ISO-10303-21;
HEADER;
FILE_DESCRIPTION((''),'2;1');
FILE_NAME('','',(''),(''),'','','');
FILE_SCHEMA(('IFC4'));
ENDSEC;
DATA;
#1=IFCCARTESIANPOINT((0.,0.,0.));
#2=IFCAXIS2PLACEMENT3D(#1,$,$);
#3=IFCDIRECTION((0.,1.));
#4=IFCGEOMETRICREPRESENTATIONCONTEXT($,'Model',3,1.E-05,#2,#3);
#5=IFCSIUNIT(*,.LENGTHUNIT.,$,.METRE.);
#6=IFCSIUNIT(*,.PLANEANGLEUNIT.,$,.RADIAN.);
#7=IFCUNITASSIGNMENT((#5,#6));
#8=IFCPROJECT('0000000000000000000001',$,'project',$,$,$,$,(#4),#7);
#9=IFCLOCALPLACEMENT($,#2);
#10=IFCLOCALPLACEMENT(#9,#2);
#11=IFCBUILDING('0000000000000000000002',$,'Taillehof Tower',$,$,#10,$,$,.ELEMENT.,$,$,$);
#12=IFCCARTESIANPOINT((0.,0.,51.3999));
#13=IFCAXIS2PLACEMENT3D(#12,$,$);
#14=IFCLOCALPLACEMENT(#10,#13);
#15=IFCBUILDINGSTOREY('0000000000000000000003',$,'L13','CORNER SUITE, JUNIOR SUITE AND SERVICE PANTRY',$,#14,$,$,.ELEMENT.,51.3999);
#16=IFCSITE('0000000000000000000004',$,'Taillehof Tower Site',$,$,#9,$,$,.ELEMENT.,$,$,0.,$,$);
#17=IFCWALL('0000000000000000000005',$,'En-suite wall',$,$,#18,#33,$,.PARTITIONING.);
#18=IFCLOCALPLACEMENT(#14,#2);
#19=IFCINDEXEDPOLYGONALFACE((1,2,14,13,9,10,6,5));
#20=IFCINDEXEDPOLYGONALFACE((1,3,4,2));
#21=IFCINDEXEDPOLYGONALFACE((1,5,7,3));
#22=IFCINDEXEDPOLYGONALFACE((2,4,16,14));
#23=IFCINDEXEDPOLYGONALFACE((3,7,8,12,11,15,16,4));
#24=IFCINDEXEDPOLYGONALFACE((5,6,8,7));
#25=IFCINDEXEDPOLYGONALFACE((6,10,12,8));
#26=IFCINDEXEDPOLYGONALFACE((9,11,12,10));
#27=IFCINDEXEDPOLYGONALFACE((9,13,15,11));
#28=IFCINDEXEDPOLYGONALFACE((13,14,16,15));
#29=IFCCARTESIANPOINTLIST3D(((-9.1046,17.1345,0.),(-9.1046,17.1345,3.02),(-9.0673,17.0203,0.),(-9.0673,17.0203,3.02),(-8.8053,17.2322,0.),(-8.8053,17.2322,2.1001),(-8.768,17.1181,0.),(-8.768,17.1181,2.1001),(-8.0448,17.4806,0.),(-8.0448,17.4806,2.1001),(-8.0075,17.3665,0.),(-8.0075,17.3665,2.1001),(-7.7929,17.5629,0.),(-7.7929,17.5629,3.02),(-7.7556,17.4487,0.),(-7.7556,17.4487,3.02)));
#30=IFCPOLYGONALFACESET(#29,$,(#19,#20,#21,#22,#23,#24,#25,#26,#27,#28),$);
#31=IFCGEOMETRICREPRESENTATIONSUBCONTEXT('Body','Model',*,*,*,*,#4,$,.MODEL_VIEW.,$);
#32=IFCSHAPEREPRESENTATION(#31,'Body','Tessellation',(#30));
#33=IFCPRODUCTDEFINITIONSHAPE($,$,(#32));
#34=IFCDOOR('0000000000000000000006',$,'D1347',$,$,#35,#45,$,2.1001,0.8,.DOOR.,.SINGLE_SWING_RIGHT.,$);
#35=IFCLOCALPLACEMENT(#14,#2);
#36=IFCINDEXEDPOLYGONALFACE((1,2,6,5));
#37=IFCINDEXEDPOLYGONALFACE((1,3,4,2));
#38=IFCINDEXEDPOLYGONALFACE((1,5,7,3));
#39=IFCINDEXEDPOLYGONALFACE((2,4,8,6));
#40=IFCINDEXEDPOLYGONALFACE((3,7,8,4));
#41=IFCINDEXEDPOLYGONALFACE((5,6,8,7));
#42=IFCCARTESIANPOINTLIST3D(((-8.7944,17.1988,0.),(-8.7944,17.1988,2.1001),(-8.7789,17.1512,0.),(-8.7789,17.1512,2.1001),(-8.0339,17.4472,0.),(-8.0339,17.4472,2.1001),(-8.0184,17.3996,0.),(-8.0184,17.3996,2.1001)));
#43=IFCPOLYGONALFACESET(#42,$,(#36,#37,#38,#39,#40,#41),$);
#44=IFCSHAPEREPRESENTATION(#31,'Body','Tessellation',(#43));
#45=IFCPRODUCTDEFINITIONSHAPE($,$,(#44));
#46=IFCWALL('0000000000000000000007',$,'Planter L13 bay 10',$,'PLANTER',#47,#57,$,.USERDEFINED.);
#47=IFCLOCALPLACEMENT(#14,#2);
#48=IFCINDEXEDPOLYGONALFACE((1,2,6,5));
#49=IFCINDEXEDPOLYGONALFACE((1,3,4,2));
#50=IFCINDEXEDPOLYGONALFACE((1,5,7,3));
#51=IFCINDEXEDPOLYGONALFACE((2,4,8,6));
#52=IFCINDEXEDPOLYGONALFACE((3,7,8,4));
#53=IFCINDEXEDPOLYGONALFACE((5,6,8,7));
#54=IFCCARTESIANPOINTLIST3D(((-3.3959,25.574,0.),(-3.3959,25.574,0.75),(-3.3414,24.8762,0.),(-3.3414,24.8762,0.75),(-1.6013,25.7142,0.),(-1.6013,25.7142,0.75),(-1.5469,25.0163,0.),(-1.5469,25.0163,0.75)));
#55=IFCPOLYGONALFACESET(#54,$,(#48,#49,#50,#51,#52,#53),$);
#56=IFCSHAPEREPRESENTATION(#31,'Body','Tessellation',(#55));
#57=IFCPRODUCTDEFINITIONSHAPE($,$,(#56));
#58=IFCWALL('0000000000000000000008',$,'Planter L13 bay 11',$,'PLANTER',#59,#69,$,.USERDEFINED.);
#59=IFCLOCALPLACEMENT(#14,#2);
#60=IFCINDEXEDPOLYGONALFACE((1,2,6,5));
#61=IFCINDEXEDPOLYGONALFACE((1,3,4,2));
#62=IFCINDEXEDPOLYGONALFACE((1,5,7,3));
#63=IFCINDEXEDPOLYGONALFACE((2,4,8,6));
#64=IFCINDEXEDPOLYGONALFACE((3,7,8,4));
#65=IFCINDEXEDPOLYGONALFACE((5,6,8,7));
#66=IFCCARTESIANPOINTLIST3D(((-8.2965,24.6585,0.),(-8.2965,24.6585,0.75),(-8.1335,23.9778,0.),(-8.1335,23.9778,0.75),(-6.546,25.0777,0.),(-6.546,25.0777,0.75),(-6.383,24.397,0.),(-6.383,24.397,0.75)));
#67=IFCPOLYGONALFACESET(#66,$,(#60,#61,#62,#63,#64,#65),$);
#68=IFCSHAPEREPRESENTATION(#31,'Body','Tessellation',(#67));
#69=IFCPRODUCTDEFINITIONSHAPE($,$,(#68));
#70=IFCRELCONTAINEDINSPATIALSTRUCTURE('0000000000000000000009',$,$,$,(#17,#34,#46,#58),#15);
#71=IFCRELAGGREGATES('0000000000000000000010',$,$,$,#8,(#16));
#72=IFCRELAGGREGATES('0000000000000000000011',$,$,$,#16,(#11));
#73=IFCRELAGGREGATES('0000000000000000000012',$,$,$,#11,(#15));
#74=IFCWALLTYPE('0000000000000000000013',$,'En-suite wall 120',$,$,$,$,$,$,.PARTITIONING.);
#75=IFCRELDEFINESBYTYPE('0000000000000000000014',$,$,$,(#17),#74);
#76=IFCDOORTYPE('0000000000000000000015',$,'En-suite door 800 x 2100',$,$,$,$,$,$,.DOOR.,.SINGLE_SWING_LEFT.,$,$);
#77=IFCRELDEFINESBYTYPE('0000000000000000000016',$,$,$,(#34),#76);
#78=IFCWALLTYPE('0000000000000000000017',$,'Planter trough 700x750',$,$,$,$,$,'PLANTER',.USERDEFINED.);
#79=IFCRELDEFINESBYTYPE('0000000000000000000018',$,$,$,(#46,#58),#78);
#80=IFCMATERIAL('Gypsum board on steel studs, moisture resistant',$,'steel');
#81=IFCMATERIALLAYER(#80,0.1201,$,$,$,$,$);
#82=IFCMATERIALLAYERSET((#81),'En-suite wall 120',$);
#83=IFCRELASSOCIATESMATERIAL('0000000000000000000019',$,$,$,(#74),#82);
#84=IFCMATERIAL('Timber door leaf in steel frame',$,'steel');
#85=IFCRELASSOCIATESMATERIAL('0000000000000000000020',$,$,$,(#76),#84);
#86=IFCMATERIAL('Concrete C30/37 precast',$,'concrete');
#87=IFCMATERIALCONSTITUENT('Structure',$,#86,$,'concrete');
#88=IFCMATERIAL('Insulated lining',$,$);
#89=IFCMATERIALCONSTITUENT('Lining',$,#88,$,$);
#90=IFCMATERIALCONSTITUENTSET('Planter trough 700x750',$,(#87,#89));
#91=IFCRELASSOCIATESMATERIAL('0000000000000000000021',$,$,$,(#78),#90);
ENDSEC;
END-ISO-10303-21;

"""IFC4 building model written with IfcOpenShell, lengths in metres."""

from ifc_helpers import new_model, si_unit, direction, frame, frame_2d, origin, place, context, subcontext, project, spatial, rectangle, extrude, material, layer, layer_set, constituent, constituent_set, type_object, element, fill, save


model = new_model("IFC4")

# Units and contexts
model_context = context("Model", 3, precision=1e-05, world=origin(), true_north=direction((0.0, 1.0)))
body_context = subcontext(model_context, "Body", "Model", "MODEL_VIEW")
ifc_project = project(units=[si_unit("LENGTHUNIT", "METRE"), si_unit("PLANEANGLEUNIT", "RADIAN")], contexts=[model_context])

# Site, building, storey
site_placement = place(None, origin())
site = spatial("IfcSite", under=ifc_project, at=site_placement, Name="Taillehof Tower Site", CompositionType="ELEMENT", RefElevation=0.0)
building_placement = place(site_placement, origin())
building = spatial("IfcBuilding", under=site, at=building_placement, Name="Taillehof Tower", CompositionType="ELEMENT")
storey_placement = place(building_placement, frame((0.0, 0.0, 51.3999)))
storey = spatial("IfcBuildingStorey", under=building, at=storey_placement, Name="L13", Description="CORNER SUITE, JUNIOR SUITE AND SERVICE PANTRY", CompositionType="ELEMENT", Elevation=51.3999)

# Shared definitions
ifc_material_1 = material(Name="Gypsum board on steel studs, moisture resistant", Category="steel")
ifc_layer_1 = layer(ifc_material_1, 0.1201)
ifc_layer_set_1 = layer_set([ifc_layer_1], Name="En-suite wall 120")
wall_type_1 = type_object("IfcWallType", Name="En-suite wall 120", PredefinedType="PARTITIONING", material=ifc_layer_set_1)

# Wall, opening, door
wall_1_placement = place(storey_placement, frame((-9.0859, 17.0774, 0.0), z_axis=(0.0, 0.0, 1.0), x_axis=(0.950577, 0.31049, 0.0)))
wall_1 = element("IfcWall", 1, at=wall_1_placement, inside=storey, type_object=wall_type_1, Name="En-suite wall", PredefinedType="PARTITIONING", context=body_context, shape_type="SweptSolid", body=[
    extrude(rectangle(XDim=1.3799, YDim=0.1201, at=frame_2d((0.6899, 0.0))), origin(), (0.0, 0.0, 1.0), 3.02),
])
opening_1_placement = place(wall_1_placement, frame((0.3149, 0.0, 0.0)))
opening_1 = element("IfcOpeningElement", 2, at=opening_1_placement, cuts=wall_1, PredefinedType="OPENING", context=body_context, shape_type="SweptSolid", body=[
    extrude(rectangle(XDim=0.8, YDim=2.1001, at=frame_2d((0.3999, 1.05))), frame((0.0, 0.0701, 0.0), z_axis=(0.0, -1.0, 0.0), x_axis=(1.0, 0.0, 0.0)), (0.0, 0.0, 1.0), 0.1401),
])
ifc_material_2 = material(Name="Timber door leaf in steel frame", Category="steel")
door_type_1 = type_object("IfcDoorType", Name="En-suite door 800 x 2100", OperationType="SINGLE_SWING_LEFT", PredefinedType="DOOR", material=ifc_material_2)
door_1_placement = place(opening_1_placement, origin())
door_1 = element("IfcDoor", 3, at=door_1_placement, inside=storey, type_object=door_type_1, Name="D1347", OperationType="SINGLE_SWING_RIGHT", OverallHeight=2.1001, OverallWidth=0.8, PredefinedType="DOOR", context=body_context, shape_type="SweptSolid", body=[
    extrude(rectangle(XDim=0.8, YDim=2.1001, at=frame_2d((0.3999, 1.05))), frame((0.0, 0.0249, 0.0), z_axis=(0.0, -1.0, 0.0), x_axis=(1.0, 0.0, 0.0)), (0.0, 0.0, 1.0), 0.05),
])
fill(opening_1, door_1)

# Walls
ifc_material_3 = material(Name="Concrete C30/37 precast", Category="concrete")
ifc_constituent_1 = constituent(ifc_material_3, Name="Structure", Category="concrete")
ifc_material_4 = material(Name="Insulated lining")
ifc_constituent_2 = constituent(ifc_material_4, Name="Lining")
ifc_constituent_set = constituent_set(constituents=[ifc_constituent_1, ifc_constituent_2], Name="Planter trough 700x750")
wall_type_2 = type_object("IfcWallType", Name="Planter trough 700x750", ElementType="PLANTER", PredefinedType="USERDEFINED", material=ifc_constituent_set)
for number, where, z_axis, x_axis, name in (
    (4, (-1.5742, 25.3652, 0.0), (0.0, 0.0, 1.0), (-0.996965, -0.077848, 0.0), "Planter L13 bay 10"),
    (5, (-6.4646, 24.7373, 0.0), (0.0, 0.0, 1.0), (-0.972504, -0.232886, 0.0), "Planter L13 bay 11"),
):
    element("IfcWall", number, at=place(storey_placement, frame(where, z_axis=z_axis, x_axis=x_axis)), inside=storey, type_object=wall_type_2, Name=name, ObjectType="PLANTER", PredefinedType="USERDEFINED", context=body_context, shape_type="SweptSolid", body=[
        extrude(rectangle(XDim=1.8, YDim=0.7, at=frame_2d((0.8999, 0.0))), origin(), (0.0, 0.0, 1.0), 0.75),
    ])

save(model, "model.ifc")
